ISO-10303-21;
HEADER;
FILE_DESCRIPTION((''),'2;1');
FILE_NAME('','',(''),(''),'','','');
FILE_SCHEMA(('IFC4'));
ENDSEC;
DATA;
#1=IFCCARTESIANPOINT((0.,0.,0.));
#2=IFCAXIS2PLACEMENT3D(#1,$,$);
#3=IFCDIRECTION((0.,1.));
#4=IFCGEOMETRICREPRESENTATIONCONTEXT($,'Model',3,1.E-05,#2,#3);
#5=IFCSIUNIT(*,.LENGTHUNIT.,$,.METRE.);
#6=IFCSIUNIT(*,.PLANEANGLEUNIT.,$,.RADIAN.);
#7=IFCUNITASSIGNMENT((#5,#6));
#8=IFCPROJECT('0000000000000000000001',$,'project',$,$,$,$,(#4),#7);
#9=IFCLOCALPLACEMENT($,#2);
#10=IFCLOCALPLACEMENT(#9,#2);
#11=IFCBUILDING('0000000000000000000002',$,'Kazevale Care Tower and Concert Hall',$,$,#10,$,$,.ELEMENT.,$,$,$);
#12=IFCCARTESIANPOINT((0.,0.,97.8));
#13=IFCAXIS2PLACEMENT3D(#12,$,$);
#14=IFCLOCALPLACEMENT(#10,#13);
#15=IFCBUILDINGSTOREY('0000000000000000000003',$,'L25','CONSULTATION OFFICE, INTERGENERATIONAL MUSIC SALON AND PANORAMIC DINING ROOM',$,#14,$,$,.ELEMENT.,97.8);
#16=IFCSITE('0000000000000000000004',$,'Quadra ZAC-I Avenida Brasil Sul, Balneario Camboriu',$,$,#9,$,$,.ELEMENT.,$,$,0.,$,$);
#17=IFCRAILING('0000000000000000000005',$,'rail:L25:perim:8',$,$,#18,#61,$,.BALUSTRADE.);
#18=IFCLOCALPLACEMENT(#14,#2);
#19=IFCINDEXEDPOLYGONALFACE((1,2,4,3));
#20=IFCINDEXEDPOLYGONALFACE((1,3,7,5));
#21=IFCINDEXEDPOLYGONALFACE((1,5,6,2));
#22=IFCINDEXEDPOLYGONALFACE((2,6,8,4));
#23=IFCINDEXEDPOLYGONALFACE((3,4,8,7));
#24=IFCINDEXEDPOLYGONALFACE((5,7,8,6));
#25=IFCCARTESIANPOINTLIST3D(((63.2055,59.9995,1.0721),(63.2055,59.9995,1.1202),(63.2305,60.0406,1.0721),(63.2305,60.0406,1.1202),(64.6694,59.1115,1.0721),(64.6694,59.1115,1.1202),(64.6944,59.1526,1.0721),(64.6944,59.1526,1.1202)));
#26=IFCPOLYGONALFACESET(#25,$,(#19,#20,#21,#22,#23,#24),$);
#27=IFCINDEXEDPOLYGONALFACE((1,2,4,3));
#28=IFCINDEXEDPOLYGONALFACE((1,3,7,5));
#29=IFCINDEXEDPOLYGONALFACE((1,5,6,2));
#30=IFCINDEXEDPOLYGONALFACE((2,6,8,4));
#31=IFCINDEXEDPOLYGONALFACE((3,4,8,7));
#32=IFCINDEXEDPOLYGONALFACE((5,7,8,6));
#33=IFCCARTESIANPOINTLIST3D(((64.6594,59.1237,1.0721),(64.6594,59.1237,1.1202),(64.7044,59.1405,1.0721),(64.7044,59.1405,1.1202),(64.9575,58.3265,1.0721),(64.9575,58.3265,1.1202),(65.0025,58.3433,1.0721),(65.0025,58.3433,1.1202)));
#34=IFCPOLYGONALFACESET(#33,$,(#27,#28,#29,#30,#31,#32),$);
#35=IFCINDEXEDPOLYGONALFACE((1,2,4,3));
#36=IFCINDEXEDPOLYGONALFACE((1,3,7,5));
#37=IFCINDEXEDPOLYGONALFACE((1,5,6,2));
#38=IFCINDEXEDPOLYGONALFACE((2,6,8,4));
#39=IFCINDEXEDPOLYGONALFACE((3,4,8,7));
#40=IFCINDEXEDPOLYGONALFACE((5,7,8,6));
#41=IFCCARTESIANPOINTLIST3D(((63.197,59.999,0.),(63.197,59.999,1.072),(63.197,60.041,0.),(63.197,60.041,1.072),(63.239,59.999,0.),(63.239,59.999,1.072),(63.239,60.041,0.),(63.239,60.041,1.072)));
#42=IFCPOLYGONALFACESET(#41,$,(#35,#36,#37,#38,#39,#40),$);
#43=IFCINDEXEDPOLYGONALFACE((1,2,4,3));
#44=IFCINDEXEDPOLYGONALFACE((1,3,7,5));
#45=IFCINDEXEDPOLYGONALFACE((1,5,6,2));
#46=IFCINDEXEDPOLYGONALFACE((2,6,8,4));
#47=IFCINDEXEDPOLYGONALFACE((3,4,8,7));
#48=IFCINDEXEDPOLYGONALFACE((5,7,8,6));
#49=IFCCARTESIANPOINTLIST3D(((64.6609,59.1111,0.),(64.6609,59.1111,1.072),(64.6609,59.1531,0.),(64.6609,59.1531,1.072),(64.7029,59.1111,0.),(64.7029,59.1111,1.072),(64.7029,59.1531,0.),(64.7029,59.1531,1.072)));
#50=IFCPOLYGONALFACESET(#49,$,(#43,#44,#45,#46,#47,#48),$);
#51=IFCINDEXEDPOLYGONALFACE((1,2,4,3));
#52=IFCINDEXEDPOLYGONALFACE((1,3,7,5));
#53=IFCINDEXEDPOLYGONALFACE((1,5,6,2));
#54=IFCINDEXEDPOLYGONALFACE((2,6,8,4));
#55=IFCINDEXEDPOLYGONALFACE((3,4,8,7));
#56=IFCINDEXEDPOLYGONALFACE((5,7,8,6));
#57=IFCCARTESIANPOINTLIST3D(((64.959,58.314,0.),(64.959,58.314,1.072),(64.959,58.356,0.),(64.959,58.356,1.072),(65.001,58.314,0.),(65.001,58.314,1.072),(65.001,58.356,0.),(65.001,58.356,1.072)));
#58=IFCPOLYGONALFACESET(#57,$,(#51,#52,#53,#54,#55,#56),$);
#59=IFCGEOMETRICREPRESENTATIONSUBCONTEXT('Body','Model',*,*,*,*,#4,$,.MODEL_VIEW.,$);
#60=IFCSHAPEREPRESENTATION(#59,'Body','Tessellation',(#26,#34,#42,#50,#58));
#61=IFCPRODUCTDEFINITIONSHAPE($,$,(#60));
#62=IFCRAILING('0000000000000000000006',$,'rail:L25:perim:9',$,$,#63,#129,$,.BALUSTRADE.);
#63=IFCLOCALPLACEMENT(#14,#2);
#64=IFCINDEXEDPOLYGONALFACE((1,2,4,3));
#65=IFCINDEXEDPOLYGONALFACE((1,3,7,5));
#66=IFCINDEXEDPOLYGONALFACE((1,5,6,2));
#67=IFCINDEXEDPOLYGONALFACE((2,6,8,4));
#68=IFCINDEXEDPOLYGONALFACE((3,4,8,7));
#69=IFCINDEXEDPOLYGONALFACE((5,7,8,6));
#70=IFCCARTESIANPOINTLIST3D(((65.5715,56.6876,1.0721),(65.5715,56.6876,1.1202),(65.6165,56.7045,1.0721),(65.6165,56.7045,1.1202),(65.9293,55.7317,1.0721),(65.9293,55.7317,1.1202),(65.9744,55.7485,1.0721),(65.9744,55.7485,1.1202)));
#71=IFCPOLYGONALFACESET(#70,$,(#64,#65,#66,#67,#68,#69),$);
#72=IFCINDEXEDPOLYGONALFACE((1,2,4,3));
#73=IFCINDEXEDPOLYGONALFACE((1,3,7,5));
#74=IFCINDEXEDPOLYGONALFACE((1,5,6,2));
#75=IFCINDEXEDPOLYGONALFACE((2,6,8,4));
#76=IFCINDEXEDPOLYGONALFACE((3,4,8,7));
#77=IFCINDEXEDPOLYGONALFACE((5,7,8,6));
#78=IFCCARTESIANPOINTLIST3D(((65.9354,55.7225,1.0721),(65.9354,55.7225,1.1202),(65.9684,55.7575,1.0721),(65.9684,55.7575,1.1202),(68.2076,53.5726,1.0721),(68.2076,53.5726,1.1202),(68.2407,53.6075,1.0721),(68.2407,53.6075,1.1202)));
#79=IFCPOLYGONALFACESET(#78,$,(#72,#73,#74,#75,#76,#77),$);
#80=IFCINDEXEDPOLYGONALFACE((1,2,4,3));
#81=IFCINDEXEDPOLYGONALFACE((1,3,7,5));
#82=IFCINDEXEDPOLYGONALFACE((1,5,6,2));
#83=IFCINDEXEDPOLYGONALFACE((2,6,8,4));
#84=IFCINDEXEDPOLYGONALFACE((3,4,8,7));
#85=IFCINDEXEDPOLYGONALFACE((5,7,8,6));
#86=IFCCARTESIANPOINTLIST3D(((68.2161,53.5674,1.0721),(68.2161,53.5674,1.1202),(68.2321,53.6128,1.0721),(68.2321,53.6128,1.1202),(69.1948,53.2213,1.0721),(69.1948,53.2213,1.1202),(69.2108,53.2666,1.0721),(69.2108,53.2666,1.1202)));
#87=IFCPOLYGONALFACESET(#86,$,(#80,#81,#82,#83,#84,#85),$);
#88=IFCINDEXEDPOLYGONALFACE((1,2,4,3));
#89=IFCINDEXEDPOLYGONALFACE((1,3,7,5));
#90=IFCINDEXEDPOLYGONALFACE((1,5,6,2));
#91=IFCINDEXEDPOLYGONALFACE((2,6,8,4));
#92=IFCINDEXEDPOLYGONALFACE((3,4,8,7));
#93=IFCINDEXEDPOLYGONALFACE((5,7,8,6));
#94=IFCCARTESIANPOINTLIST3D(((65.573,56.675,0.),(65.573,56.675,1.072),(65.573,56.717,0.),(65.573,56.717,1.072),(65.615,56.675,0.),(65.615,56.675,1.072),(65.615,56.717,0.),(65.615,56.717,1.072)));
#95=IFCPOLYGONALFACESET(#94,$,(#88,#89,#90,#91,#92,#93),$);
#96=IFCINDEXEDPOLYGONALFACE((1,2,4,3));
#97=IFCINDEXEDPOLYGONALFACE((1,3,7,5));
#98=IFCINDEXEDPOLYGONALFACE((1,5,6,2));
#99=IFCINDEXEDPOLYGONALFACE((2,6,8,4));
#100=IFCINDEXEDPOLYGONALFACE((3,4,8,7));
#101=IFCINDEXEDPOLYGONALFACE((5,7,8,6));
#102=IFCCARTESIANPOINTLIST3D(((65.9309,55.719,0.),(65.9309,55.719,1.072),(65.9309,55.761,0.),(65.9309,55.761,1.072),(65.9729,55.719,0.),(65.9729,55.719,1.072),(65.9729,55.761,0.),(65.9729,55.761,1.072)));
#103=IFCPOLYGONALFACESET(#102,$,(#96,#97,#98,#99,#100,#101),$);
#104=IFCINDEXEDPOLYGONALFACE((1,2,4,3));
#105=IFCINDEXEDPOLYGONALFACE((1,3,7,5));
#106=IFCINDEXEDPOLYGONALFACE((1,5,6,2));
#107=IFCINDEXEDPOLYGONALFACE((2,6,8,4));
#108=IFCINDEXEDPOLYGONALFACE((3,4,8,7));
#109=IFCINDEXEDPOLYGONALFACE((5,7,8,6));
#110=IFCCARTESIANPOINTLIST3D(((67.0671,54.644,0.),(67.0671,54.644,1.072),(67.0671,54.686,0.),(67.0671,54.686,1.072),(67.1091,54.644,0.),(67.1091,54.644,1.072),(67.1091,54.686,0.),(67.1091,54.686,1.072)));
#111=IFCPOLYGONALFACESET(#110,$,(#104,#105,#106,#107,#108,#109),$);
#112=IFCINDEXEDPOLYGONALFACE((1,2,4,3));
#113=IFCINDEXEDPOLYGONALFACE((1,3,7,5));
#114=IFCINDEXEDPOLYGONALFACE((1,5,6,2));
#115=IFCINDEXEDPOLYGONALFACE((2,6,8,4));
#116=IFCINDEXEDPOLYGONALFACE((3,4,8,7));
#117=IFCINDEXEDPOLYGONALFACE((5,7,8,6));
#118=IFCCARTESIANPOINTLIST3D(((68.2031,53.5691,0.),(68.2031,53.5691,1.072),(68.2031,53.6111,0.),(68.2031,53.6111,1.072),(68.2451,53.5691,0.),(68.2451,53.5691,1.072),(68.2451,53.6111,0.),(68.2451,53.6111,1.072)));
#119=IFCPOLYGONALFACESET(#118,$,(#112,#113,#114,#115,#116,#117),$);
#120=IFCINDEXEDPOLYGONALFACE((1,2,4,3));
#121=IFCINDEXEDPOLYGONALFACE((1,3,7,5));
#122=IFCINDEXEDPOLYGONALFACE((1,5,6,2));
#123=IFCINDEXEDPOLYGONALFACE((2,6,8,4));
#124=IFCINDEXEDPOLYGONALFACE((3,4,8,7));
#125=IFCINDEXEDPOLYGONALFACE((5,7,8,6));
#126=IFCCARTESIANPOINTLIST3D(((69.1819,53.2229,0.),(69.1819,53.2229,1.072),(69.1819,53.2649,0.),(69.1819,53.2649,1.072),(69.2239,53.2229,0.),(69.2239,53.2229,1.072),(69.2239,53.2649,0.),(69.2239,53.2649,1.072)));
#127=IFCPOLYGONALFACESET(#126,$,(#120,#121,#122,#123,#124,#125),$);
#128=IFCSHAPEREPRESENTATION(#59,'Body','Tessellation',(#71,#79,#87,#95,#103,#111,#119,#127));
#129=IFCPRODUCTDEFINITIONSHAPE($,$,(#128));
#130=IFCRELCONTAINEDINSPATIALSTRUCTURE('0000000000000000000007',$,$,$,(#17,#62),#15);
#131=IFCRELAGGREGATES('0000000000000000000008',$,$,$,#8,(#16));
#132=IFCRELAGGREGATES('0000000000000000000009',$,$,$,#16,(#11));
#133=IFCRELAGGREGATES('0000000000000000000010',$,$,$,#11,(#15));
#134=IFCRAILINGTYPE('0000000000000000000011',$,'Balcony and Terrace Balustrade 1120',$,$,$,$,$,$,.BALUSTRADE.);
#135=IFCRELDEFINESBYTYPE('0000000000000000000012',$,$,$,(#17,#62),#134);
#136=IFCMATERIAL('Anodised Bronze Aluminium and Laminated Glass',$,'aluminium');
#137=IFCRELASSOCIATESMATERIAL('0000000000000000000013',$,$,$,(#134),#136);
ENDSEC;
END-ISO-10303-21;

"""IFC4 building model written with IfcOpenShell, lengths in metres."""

from ifc_helpers import new_model, si_unit, direction, frame, origin, origin_2d, place, context, subcontext, project, spatial, rectangle, extrude, material, type_object, element, save


model = new_model("IFC4")

# Units and contexts
model_context = context("Model", 3, precision=1e-05, world=origin(), true_north=direction((0.0, 1.0)))
body_context = subcontext(model_context, "Body", "Model", "MODEL_VIEW")
ifc_project = project(units=[si_unit("LENGTHUNIT", "METRE"), si_unit("PLANEANGLEUNIT", "RADIAN")], contexts=[model_context])

# Site, building, storey
site_placement = place(None, origin())
site = spatial("IfcSite", under=ifc_project, at=site_placement, Name="Quadra ZAC-I Avenida Brasil Sul, Balneario Camboriu", CompositionType="ELEMENT", RefElevation=0.0)
building_placement = place(site_placement, origin())
building = spatial("IfcBuilding", under=site, at=building_placement, Name="Kazevale Care Tower and Concert Hall", CompositionType="ELEMENT")
storey_placement = place(building_placement, frame((0.0, 0.0, 97.8)))
storey = spatial("IfcBuildingStorey", under=building, at=storey_placement, Name="L25", Description="CONSULTATION OFFICE, INTERGENERATIONAL MUSIC SALON AND PANORAMIC DINING ROOM", CompositionType="ELEMENT", Elevation=97.8)

# Railings
ifc_material_1 = material(Name="Anodised Bronze Aluminium and Laminated Glass", Category="aluminium")
railing_type = type_object("IfcRailingType", Name="Balcony and Terrace Balustrade 1120", PredefinedType="BALUSTRADE", material=ifc_material_1)
railing_1_placement = place(storey_placement, frame((63.218, 60.02, 0.0)))
element("IfcRailing", 1, at=railing_1_placement, inside=storey, type_object=railing_type, Name="rail:L25:perim:8", PredefinedType="BALUSTRADE", context=body_context, shape_type="SweptSolid", body=[
    extrude(rectangle(XDim=0.0481, YDim=0.0481, at=origin_2d()), frame((0.0, 0.0, 1.0962), z_axis=(0.855004, -0.518621, 0.0), x_axis=(0.518621, 0.855004, 0.0)), (0.0, 0.0, 1.0), 1.7122),
    extrude(rectangle(XDim=0.0481, YDim=0.0481, at=origin_2d()), frame((1.4639, -0.8879, 1.0962), z_axis=(0.350274, -0.936647, 0.0), x_axis=(0.936647, 0.350274, 0.0)), (0.0, 0.0, 1.0), 0.8511),
    extrude(rectangle(XDim=0.042, YDim=0.042, at=origin_2d()), origin(), (0.0, 0.0, 1.0), 1.072),
    extrude(rectangle(XDim=0.042, YDim=0.042, at=origin_2d()), frame((1.4639, -0.8879, 0.0)), (0.0, 0.0, 1.0), 1.072),
    extrude(rectangle(XDim=0.042, YDim=0.042, at=origin_2d()), frame((1.762, -1.6851, 0.0)), (0.0, 0.0, 1.0), 1.072),
])
railing_2_placement = place(storey_placement, frame((65.594, 56.696, 0.0)))
element("IfcRailing", 2, at=railing_2_placement, inside=storey, type_object=railing_type, Name="rail:L25:perim:9", PredefinedType="BALUSTRADE", context=body_context, shape_type="SweptSolid", body=[
    extrude(rectangle(XDim=0.0481, YDim=0.0481, at=origin_2d()), frame((0.0, 0.0, 1.0962), z_axis=(0.350599, -0.936526, 0.0), x_axis=(0.936526, 0.350599, 0.0)), (0.0, 0.0, 1.0), 1.0208),
    extrude(rectangle(XDim=0.0481, YDim=0.0481, at=origin_2d()), frame((0.3579, -0.9561, 1.0962), z_axis=(0.726387, -0.687286, 0.0), x_axis=(0.687286, 0.726387, 0.0)), (0.0, 0.0, 1.0), 3.1282),
    extrude(rectangle(XDim=0.0481, YDim=0.0481, at=origin_2d()), frame((2.6301, -3.106, 1.0962), z_axis=(0.942764, -0.33346, 0.0), x_axis=(0.33346, 0.942764, 0.0)), (0.0, 0.0, 1.0), 1.0381),
    extrude(rectangle(XDim=0.042, YDim=0.042, at=origin_2d()), origin(), (0.0, 0.0, 1.0), 1.072),
    extrude(rectangle(XDim=0.042, YDim=0.042, at=origin_2d()), frame((0.3579, -0.9561, 0.0)), (0.0, 0.0, 1.0), 1.072),
    extrude(rectangle(XDim=0.042, YDim=0.042, at=origin_2d()), frame((1.4941, -2.031, 0.0)), (0.0, 0.0, 1.0), 1.072),
    extrude(rectangle(XDim=0.042, YDim=0.042, at=origin_2d()), frame((2.6301, -3.106, 0.0)), (0.0, 0.0, 1.0), 1.072),
    extrude(rectangle(XDim=0.042, YDim=0.042, at=origin_2d()), frame((3.6089, -3.4521, 0.0)), (0.0, 0.0, 1.0), 1.072),
])

save(model, "model.ifc")
